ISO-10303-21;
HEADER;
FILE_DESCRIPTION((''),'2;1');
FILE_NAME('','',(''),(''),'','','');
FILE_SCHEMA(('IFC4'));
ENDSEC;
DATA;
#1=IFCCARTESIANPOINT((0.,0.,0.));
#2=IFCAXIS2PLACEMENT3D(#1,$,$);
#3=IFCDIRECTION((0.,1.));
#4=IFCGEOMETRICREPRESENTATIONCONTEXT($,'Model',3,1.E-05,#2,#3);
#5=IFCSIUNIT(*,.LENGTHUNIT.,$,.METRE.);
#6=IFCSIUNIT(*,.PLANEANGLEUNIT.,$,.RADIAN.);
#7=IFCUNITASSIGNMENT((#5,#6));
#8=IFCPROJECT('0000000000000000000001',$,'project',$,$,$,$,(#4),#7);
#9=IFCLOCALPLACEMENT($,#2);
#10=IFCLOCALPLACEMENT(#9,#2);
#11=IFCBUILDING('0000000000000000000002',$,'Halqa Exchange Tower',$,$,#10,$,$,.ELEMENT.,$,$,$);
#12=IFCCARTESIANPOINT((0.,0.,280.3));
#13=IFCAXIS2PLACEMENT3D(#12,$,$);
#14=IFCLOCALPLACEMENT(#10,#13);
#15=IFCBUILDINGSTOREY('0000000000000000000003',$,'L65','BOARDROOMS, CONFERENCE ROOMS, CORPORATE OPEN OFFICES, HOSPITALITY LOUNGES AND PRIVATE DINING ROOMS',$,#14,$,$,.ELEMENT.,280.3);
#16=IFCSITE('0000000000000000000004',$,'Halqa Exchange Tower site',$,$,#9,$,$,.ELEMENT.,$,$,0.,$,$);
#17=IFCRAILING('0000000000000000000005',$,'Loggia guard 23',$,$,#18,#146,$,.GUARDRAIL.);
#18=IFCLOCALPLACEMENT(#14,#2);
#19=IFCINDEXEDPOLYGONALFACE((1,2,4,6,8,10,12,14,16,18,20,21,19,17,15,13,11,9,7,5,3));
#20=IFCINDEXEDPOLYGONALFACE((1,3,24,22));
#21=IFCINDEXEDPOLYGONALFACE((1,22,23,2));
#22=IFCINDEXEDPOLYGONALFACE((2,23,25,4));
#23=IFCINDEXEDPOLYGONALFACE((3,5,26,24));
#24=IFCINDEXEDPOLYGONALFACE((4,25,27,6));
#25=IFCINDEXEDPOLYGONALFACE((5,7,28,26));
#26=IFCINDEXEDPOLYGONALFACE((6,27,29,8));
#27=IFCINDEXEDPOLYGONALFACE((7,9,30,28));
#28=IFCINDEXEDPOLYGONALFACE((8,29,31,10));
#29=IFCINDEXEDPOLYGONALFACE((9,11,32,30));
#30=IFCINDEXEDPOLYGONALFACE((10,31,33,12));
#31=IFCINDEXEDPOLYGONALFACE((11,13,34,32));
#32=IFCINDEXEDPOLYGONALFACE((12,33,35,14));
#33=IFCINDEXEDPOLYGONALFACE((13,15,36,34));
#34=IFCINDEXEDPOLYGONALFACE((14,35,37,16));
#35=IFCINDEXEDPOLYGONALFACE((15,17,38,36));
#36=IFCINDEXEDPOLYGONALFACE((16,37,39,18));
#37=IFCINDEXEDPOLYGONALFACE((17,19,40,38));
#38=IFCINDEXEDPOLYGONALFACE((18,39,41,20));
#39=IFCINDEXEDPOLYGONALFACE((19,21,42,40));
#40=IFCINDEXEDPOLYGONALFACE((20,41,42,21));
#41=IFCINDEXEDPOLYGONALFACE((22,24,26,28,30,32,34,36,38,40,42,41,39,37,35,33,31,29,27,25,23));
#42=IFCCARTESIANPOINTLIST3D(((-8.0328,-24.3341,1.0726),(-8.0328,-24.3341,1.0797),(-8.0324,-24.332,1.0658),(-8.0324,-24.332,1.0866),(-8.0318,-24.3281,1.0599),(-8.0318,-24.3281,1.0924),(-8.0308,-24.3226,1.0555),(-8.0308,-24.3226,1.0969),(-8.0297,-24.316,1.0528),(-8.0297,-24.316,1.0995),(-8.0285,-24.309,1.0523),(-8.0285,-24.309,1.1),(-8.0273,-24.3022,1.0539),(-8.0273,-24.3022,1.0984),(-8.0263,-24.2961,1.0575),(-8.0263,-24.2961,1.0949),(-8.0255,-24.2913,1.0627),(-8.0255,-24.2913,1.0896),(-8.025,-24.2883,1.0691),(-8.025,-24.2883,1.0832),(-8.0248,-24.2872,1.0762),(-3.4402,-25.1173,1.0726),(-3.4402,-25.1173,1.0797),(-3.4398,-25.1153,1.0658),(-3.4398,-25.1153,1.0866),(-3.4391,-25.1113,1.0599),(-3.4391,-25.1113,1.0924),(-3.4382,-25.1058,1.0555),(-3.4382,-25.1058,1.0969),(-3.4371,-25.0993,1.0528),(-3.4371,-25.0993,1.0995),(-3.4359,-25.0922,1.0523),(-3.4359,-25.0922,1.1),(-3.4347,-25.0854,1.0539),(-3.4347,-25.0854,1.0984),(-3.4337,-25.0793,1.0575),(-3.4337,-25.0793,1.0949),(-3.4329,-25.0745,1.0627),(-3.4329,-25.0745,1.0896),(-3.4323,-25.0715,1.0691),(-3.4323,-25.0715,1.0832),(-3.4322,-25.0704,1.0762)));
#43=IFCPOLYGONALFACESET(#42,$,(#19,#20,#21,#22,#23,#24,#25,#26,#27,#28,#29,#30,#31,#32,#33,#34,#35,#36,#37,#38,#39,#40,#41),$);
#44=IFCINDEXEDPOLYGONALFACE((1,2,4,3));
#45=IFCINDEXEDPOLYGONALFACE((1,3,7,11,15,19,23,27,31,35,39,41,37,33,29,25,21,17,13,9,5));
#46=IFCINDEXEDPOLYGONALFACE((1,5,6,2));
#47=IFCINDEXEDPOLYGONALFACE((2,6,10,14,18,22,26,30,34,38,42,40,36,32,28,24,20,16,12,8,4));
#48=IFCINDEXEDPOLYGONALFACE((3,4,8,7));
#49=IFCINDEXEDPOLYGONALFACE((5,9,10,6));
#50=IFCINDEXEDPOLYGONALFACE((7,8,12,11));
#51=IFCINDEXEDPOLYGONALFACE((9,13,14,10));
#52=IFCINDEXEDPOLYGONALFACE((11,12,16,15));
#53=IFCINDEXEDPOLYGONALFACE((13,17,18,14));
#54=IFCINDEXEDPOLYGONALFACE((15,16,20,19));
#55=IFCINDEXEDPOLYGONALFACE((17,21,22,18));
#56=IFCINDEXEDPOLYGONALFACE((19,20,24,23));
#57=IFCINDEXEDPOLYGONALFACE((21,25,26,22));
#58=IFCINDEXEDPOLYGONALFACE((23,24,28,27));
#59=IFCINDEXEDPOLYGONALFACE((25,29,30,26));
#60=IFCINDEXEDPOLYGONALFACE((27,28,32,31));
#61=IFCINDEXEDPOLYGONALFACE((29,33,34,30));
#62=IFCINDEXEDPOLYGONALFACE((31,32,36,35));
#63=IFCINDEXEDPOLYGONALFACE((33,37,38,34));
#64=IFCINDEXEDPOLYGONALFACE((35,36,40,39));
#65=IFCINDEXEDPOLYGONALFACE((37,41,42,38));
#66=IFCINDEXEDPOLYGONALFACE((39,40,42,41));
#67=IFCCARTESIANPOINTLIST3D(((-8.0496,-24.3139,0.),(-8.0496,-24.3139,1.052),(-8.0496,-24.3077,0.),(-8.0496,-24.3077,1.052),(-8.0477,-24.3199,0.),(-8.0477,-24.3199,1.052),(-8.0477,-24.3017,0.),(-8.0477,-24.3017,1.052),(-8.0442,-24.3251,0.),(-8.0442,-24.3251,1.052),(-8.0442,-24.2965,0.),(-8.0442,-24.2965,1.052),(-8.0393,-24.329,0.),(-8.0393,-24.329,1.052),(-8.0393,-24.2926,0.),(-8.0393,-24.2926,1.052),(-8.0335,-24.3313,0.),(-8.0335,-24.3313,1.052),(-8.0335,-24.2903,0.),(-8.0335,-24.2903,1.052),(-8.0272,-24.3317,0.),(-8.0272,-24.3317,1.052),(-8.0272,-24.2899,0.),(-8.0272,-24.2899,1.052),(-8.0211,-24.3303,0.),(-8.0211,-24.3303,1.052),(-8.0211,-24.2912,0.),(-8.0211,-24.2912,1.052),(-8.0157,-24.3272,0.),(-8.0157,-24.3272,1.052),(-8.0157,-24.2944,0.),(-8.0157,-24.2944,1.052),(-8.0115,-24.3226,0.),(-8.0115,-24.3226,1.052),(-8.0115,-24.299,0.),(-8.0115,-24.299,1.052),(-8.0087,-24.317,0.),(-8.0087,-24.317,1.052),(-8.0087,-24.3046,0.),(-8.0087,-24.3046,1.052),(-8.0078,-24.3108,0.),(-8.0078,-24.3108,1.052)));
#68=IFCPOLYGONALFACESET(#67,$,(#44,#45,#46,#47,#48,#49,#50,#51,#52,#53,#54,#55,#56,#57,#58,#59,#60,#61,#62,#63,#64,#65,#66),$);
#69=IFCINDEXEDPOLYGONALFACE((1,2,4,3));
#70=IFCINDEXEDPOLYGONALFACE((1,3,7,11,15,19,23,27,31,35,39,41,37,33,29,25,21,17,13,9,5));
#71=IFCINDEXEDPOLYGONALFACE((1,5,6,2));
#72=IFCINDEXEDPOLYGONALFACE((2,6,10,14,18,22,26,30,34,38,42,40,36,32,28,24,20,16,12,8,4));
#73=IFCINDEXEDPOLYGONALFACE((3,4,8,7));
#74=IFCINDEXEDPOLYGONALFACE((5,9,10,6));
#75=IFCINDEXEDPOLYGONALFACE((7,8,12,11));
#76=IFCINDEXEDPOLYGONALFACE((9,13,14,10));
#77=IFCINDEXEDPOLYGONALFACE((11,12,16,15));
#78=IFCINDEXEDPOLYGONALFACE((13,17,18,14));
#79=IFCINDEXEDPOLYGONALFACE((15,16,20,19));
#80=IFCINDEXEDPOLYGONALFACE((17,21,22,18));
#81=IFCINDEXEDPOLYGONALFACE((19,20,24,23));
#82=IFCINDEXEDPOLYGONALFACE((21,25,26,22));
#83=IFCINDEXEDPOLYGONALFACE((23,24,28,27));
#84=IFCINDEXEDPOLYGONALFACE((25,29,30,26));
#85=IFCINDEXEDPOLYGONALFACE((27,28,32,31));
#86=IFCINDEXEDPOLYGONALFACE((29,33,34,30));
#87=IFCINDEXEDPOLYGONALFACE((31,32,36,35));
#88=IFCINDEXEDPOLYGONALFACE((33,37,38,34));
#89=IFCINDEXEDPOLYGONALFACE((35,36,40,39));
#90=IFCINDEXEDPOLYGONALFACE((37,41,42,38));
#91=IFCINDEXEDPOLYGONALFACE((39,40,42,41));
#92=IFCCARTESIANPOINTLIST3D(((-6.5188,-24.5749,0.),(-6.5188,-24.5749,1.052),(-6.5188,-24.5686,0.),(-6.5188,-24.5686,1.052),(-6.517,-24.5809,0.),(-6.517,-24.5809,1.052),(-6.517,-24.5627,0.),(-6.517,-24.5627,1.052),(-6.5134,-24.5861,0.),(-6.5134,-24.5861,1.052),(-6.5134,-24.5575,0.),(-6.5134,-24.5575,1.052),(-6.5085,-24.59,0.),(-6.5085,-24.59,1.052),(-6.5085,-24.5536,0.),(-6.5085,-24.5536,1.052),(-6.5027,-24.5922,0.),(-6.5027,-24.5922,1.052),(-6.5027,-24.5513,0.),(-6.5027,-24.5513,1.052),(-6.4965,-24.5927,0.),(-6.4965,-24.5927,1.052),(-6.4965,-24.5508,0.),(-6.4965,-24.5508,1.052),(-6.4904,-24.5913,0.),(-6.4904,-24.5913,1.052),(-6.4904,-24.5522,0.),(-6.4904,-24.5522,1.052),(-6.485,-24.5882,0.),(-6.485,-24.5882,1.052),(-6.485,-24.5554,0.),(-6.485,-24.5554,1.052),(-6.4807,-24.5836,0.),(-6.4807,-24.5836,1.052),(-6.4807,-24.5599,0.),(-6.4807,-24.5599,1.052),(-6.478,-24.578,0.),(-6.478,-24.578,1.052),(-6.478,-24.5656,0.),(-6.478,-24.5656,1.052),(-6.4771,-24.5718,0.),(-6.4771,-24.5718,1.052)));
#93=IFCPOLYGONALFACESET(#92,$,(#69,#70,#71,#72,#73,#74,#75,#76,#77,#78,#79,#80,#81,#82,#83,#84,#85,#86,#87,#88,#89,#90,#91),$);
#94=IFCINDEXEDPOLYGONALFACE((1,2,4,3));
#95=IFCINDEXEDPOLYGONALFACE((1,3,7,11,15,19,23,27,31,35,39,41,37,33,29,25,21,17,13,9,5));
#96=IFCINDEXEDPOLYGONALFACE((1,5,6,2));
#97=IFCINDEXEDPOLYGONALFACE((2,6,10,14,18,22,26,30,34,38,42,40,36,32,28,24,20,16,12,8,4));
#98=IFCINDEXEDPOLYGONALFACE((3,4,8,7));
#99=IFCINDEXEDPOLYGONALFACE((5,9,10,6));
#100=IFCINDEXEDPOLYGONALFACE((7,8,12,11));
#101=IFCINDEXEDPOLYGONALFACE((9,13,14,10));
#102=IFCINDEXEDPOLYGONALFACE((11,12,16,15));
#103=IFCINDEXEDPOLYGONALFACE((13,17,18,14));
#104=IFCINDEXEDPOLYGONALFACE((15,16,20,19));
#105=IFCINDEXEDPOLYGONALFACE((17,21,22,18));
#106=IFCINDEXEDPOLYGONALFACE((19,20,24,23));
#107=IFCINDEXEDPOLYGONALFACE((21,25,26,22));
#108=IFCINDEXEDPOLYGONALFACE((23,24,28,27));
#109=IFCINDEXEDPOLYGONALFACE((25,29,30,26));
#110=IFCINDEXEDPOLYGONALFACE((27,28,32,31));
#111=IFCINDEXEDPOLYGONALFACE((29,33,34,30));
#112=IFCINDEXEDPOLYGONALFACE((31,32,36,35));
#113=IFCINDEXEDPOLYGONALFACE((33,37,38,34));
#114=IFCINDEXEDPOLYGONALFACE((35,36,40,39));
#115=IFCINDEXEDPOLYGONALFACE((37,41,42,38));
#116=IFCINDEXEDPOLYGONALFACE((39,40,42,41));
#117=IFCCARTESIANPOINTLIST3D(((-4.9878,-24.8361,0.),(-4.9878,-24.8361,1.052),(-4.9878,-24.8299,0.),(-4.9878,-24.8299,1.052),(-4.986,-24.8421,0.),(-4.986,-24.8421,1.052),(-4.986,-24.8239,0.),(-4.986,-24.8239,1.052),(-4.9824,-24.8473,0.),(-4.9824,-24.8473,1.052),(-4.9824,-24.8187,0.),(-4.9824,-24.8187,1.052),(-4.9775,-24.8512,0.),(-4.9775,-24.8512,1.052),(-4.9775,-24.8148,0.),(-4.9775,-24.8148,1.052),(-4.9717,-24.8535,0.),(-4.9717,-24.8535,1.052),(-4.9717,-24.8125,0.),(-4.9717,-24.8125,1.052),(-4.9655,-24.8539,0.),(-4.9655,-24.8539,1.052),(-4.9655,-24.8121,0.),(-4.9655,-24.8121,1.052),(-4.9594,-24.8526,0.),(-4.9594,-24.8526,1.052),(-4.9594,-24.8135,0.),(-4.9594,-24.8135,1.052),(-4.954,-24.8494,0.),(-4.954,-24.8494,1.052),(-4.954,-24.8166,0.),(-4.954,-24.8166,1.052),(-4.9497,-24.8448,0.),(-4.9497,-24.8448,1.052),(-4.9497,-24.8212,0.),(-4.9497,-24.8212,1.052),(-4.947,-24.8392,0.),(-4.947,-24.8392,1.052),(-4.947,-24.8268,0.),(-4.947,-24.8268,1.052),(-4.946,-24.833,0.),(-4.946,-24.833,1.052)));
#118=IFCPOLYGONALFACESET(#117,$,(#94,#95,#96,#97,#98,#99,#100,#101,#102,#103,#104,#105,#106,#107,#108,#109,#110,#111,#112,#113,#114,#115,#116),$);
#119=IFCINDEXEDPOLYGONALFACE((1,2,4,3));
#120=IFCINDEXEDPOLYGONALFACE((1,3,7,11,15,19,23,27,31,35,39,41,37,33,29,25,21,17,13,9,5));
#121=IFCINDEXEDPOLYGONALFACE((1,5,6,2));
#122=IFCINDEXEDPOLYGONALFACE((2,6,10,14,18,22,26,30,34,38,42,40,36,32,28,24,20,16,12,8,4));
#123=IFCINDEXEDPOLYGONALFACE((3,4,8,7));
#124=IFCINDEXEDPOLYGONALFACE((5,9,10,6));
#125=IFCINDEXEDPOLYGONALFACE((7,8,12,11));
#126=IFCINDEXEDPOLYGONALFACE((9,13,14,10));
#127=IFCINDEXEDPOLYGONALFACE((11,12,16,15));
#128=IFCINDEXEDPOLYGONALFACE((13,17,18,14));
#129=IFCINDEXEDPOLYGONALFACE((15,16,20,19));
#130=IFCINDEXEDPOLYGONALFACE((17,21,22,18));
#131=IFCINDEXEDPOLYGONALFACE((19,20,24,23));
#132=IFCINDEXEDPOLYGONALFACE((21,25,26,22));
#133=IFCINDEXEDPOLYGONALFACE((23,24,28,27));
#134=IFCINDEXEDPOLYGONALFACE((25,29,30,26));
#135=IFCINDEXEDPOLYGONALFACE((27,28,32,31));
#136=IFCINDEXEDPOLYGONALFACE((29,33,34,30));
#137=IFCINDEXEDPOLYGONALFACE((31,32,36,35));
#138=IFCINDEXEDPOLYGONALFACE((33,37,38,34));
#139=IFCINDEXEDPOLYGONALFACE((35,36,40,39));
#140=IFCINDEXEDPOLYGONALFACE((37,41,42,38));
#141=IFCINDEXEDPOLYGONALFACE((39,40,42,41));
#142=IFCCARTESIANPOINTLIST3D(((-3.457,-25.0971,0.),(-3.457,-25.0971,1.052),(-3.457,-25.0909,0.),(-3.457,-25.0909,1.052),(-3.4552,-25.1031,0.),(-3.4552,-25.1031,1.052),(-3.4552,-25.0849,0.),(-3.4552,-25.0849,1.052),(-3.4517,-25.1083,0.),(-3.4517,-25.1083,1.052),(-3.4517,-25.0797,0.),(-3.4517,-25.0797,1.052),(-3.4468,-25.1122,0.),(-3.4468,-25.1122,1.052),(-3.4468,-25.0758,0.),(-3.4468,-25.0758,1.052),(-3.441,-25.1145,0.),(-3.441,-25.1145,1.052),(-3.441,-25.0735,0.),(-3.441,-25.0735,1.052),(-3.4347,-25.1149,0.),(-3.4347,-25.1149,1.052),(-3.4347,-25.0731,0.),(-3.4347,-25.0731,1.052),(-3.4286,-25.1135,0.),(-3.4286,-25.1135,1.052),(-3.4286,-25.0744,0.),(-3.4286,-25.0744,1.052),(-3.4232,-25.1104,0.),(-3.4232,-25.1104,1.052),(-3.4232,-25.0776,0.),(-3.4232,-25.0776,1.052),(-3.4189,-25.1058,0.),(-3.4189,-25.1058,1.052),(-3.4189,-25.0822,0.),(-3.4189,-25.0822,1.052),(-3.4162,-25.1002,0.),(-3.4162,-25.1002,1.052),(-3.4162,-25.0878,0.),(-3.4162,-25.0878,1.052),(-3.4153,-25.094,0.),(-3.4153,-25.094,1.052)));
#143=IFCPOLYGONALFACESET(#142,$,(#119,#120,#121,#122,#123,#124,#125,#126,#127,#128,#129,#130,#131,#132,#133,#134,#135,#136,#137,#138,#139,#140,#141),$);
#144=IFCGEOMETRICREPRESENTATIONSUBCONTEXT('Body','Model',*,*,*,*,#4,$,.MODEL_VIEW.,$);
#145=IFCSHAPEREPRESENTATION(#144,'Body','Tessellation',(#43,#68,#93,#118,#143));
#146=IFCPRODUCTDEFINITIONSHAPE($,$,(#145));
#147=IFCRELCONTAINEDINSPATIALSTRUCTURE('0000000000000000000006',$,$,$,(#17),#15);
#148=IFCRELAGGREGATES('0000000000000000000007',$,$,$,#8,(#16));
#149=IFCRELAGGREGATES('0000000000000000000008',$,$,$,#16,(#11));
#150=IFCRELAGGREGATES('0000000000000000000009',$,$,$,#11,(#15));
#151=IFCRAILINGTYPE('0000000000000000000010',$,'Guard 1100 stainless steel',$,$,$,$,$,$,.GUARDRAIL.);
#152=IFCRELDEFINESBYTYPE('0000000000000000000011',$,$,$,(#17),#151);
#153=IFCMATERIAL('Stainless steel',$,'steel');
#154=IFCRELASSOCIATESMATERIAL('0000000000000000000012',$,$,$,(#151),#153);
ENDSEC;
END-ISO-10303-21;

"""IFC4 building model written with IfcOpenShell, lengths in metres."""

from ifc_helpers import new_model, si_unit, direction, frame, origin, origin_2d, place, context, subcontext, project, spatial, circle, extrude, material, type_object, element, save


model = new_model("IFC4")

# Units and contexts
model_context = context("Model", 3, precision=1e-05, world=origin(), true_north=direction((0.0, 1.0)))
body_context = subcontext(model_context, "Body", "Model", "MODEL_VIEW")
ifc_project = project(units=[si_unit("LENGTHUNIT", "METRE"), si_unit("PLANEANGLEUNIT", "RADIAN")], contexts=[model_context])

# Site, building, storey
site_placement = place(None, origin())
site = spatial("IfcSite", under=ifc_project, at=site_placement, Name="Halqa Exchange Tower site", CompositionType="ELEMENT", RefElevation=0.0)
building_placement = place(site_placement, origin())
building = spatial("IfcBuilding", under=site, at=building_placement, Name="Halqa Exchange Tower", CompositionType="ELEMENT")
storey_placement = place(building_placement, frame((0.0, 0.0, 280.3)))
storey = spatial("IfcBuildingStorey", under=building, at=storey_placement, Name="L65", Description="BOARDROOMS, CONFERENCE ROOMS, CORPORATE OPEN OFFICES, HOSPITALITY LOUNGES AND PRIVATE DINING ROOMS", CompositionType="ELEMENT", Elevation=280.3)

# Railing
ifc_material_1 = material(Name="Stainless steel", Category="steel")
railing_type = type_object("IfcRailingType", Name="Guard 1100 stainless steel", PredefinedType="GUARDRAIL", material=ifc_material_1)
railing_1_placement = place(storey_placement, frame((-8.0288, -24.3108, 0.0)))
element("IfcRailing", 1, at=railing_1_placement, inside=storey, type_object=railing_type, Name="Loggia guard 23", PredefinedType="GUARDRAIL", context=body_context, shape_type="SweptSolid", body=[
    extrude(circle(Radius=0.0239, at=origin_2d()), frame((0.0, 0.0, 1.0762), z_axis=(0.985768, -0.168111, 0.0), x_axis=(0.168111, 0.985768, 0.0)), (0.0, 0.0, 1.0), 4.6589),
    extrude(circle(Radius=0.021, at=origin_2d()), origin(), (0.0, 0.0, 1.0), 1.052),
    extrude(circle(Radius=0.021, at=origin_2d()), frame((1.5308, -0.261, 0.0)), (0.0, 0.0, 1.0), 1.052),
    extrude(circle(Radius=0.021, at=origin_2d()), frame((3.0618, -0.5222, 0.0)), (0.0, 0.0, 1.0), 1.052),
    extrude(circle(Radius=0.021, at=origin_2d()), frame((4.5925, -0.7832, 0.0)), (0.0, 0.0, 1.0), 1.052),
])

save(model, "model.ifc")
